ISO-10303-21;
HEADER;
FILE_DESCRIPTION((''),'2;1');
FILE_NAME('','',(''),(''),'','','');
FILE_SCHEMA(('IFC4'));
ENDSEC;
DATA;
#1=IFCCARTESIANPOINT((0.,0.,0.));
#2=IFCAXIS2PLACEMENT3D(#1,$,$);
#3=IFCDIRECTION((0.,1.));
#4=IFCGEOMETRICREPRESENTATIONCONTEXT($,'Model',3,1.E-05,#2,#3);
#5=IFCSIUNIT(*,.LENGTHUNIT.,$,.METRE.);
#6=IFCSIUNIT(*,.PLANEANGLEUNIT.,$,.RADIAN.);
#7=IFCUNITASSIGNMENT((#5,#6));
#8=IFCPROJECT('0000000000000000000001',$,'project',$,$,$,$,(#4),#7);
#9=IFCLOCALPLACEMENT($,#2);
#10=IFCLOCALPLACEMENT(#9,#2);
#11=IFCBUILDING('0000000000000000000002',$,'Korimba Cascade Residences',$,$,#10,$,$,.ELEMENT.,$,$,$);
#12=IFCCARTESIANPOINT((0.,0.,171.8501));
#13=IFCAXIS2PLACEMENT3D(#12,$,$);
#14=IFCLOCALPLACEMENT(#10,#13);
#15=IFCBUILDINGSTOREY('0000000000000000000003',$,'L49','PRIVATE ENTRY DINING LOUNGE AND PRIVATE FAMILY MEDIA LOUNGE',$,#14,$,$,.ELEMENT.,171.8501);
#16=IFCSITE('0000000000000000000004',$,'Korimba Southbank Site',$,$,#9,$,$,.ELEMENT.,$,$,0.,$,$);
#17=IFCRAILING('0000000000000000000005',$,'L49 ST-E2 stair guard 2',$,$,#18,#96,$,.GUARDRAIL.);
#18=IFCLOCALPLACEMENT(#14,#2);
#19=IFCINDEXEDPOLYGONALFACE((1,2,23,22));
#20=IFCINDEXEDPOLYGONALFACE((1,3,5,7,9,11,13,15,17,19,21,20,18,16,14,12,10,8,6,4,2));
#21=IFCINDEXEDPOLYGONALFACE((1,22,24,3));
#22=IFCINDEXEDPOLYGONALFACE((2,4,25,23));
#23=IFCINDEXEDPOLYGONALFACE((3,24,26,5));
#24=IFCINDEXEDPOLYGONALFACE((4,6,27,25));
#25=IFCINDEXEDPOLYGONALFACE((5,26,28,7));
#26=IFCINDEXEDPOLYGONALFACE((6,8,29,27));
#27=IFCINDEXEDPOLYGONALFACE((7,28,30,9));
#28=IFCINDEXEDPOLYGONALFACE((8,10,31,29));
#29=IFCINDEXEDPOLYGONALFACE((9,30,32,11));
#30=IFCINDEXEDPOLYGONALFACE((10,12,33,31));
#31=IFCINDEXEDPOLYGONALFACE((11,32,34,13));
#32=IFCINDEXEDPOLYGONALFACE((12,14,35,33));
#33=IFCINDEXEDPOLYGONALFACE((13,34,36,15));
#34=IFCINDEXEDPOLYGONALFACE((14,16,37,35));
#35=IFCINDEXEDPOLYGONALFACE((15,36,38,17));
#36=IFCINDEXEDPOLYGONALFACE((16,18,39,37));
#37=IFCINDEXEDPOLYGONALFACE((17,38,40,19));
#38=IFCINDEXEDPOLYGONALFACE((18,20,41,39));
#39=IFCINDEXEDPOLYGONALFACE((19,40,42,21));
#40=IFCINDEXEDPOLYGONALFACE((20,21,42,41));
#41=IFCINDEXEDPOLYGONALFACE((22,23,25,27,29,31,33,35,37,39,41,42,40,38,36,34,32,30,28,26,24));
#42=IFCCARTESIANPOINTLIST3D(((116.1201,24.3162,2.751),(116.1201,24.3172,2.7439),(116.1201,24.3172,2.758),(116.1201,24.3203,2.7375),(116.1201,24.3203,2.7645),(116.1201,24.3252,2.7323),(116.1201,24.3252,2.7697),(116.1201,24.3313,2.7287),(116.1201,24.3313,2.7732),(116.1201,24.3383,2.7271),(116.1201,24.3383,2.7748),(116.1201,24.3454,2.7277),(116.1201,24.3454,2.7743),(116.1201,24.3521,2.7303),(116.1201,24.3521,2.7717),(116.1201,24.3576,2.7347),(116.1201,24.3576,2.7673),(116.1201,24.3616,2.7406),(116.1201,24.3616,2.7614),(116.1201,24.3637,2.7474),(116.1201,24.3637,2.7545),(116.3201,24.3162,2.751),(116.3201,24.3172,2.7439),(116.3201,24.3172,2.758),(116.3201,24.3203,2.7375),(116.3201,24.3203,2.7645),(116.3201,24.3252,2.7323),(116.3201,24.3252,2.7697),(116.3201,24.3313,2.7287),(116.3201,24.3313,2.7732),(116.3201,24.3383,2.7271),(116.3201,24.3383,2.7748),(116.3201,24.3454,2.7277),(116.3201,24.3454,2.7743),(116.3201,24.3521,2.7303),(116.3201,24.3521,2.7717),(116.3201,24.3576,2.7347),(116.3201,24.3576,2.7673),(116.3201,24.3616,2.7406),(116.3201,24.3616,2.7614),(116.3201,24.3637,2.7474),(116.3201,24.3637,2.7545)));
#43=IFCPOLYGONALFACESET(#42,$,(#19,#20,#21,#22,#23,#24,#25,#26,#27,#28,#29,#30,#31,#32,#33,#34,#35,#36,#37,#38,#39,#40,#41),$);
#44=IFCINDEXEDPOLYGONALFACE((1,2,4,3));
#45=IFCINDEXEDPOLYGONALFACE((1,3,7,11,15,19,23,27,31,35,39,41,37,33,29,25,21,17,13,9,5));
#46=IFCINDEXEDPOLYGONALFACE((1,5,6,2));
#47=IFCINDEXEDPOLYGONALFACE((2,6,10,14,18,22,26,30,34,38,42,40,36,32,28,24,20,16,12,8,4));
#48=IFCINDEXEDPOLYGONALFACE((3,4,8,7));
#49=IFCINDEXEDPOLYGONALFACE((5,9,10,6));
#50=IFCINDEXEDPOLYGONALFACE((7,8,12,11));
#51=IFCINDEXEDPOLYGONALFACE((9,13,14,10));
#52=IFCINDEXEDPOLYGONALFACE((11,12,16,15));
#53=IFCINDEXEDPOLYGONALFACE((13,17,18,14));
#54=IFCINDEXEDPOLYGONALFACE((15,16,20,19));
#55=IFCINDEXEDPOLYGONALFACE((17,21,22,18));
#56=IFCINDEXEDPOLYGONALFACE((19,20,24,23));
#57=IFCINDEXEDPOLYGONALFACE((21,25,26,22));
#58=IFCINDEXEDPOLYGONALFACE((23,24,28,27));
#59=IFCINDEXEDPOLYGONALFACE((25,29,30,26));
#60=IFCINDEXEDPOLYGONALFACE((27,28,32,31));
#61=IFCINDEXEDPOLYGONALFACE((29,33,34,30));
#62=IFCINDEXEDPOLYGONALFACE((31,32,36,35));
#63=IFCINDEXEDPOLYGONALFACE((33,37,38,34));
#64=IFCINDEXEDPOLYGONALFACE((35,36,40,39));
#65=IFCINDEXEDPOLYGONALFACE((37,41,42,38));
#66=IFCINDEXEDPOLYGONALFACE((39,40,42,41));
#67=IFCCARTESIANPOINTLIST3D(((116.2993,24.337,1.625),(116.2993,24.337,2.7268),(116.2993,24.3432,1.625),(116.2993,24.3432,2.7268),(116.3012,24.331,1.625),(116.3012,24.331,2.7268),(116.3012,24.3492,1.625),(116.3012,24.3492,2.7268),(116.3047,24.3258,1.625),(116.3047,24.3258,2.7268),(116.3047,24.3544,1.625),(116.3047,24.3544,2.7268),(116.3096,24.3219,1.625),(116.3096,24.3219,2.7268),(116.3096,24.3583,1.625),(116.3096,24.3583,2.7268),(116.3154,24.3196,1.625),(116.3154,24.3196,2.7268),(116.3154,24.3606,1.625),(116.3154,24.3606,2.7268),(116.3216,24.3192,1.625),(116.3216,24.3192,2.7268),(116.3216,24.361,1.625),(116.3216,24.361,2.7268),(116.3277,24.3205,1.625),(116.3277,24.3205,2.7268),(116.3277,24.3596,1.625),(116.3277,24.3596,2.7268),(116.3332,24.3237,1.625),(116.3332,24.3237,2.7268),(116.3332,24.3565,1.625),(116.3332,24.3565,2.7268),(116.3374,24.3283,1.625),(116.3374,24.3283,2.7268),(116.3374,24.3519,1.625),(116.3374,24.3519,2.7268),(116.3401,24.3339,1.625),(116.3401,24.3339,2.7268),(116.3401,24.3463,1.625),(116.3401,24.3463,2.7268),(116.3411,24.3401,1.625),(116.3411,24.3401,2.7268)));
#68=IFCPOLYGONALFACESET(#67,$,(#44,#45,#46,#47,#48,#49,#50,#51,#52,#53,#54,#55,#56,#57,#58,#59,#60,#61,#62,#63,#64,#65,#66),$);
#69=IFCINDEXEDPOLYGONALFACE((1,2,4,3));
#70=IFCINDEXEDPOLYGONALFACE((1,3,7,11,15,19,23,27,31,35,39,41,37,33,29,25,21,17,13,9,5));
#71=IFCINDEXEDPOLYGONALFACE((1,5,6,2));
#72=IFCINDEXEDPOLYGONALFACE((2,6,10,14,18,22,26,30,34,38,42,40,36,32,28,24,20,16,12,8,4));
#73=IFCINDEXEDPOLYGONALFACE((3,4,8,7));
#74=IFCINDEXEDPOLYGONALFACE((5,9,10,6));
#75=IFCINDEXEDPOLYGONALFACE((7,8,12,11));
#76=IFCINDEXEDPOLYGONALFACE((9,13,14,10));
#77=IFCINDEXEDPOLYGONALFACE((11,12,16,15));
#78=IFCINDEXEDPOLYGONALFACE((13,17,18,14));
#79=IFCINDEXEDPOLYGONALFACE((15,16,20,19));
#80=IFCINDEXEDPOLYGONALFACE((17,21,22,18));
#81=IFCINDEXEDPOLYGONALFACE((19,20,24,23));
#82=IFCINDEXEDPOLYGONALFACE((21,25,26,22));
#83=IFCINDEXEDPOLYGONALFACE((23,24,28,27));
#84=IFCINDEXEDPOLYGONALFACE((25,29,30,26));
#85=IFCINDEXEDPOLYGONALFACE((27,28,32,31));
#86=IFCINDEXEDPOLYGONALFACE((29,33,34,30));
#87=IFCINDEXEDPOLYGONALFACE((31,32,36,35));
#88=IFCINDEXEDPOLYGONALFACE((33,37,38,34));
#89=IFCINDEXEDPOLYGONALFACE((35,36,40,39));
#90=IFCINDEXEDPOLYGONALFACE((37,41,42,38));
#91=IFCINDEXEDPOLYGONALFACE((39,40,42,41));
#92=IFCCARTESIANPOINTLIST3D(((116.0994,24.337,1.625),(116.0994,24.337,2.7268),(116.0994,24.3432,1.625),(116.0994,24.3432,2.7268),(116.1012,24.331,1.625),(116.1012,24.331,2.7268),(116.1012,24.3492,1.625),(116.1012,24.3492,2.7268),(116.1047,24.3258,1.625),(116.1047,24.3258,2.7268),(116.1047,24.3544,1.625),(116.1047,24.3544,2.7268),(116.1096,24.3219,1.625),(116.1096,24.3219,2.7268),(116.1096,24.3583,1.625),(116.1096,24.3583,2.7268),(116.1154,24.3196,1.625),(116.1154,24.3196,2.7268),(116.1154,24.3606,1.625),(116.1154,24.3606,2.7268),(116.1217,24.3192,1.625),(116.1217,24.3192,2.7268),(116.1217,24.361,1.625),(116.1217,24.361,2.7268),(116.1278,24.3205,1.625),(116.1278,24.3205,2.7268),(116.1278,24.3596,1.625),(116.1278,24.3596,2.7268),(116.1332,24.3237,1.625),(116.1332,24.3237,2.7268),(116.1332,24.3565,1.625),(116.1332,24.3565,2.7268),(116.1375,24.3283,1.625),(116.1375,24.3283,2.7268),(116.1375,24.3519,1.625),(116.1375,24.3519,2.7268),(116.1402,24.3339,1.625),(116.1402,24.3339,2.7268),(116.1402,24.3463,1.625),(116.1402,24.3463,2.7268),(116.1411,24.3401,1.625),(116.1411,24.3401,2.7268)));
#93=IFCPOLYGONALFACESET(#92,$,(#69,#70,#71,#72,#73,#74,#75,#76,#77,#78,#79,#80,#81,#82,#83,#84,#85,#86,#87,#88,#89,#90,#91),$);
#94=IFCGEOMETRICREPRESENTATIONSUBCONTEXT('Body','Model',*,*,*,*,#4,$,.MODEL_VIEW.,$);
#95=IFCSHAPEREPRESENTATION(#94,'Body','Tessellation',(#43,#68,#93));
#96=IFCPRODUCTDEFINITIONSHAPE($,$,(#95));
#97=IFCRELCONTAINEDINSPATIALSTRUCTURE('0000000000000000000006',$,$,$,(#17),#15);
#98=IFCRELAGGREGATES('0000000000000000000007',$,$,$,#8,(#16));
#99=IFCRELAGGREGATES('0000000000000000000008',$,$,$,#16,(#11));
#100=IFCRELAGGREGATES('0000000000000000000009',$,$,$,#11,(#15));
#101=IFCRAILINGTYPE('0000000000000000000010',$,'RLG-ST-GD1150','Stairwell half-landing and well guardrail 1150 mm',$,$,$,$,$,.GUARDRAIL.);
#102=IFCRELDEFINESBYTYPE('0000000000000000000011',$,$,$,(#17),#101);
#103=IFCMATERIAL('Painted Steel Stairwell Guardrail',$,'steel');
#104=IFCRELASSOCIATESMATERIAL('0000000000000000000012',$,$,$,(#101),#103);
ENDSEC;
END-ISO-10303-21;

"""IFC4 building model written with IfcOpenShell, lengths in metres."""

from ifc_helpers import new_model, si_unit, direction, frame, origin, origin_2d, place, context, subcontext, project, spatial, circle, extrude, material, type_object, element, save


model = new_model("IFC4")

# Units and contexts
model_context = context("Model", 3, precision=1e-05, world=origin(), true_north=direction((0.0, 1.0)))
body_context = subcontext(model_context, "Body", "Model", "MODEL_VIEW")
ifc_project = project(units=[si_unit("LENGTHUNIT", "METRE"), si_unit("PLANEANGLEUNIT", "RADIAN")], contexts=[model_context])

# Site, building, storey
site_placement = place(None, origin())
site = spatial("IfcSite", under=ifc_project, at=site_placement, Name="Korimba Southbank Site", CompositionType="ELEMENT", RefElevation=0.0)
building_placement = place(site_placement, origin())
building = spatial("IfcBuilding", under=site, at=building_placement, Name="Korimba Cascade Residences", CompositionType="ELEMENT")
storey_placement = place(building_placement, frame((0.0, 0.0, 171.8501)))
storey = spatial("IfcBuildingStorey", under=building, at=storey_placement, Name="L49", Description="PRIVATE ENTRY DINING LOUNGE AND PRIVATE FAMILY MEDIA LOUNGE", CompositionType="ELEMENT", Elevation=171.8501)

# Railing
ifc_material_1 = material(Name="Painted Steel Stairwell Guardrail", Category="steel")
railing_type_1 = type_object("IfcRailingType", Name="RLG-ST-GD1150", Description="Stairwell half-landing and well guardrail 1150 mm", PredefinedType="GUARDRAIL", material=ifc_material_1)
railing_1_placement = place(storey_placement, frame((116.3201, 24.3401, 1.625)))
element("IfcRailing", 1, at=railing_1_placement, inside=storey, type_object=railing_type_1, Name="L49 ST-E2 stair guard 2", PredefinedType="GUARDRAIL", context=body_context, shape_type="SweptSolid", body=[
    extrude(circle(Radius=0.0239, at=origin_2d()), frame((0.0, 0.0, 1.126), z_axis=(-1.0, 0.0, 0.0), x_axis=(0.0, -1.0, 0.0)), (0.0, 0.0, 1.0), 0.2),
    extrude(circle(Radius=0.021, at=origin_2d()), origin(), (0.0, 0.0, 1.0), 1.1018),
    extrude(circle(Radius=0.021, at=origin_2d()), frame((-0.2, 0.0, 0.0)), (0.0, 0.0, 1.0), 1.1018),
])

save(model, "model.ifc")
